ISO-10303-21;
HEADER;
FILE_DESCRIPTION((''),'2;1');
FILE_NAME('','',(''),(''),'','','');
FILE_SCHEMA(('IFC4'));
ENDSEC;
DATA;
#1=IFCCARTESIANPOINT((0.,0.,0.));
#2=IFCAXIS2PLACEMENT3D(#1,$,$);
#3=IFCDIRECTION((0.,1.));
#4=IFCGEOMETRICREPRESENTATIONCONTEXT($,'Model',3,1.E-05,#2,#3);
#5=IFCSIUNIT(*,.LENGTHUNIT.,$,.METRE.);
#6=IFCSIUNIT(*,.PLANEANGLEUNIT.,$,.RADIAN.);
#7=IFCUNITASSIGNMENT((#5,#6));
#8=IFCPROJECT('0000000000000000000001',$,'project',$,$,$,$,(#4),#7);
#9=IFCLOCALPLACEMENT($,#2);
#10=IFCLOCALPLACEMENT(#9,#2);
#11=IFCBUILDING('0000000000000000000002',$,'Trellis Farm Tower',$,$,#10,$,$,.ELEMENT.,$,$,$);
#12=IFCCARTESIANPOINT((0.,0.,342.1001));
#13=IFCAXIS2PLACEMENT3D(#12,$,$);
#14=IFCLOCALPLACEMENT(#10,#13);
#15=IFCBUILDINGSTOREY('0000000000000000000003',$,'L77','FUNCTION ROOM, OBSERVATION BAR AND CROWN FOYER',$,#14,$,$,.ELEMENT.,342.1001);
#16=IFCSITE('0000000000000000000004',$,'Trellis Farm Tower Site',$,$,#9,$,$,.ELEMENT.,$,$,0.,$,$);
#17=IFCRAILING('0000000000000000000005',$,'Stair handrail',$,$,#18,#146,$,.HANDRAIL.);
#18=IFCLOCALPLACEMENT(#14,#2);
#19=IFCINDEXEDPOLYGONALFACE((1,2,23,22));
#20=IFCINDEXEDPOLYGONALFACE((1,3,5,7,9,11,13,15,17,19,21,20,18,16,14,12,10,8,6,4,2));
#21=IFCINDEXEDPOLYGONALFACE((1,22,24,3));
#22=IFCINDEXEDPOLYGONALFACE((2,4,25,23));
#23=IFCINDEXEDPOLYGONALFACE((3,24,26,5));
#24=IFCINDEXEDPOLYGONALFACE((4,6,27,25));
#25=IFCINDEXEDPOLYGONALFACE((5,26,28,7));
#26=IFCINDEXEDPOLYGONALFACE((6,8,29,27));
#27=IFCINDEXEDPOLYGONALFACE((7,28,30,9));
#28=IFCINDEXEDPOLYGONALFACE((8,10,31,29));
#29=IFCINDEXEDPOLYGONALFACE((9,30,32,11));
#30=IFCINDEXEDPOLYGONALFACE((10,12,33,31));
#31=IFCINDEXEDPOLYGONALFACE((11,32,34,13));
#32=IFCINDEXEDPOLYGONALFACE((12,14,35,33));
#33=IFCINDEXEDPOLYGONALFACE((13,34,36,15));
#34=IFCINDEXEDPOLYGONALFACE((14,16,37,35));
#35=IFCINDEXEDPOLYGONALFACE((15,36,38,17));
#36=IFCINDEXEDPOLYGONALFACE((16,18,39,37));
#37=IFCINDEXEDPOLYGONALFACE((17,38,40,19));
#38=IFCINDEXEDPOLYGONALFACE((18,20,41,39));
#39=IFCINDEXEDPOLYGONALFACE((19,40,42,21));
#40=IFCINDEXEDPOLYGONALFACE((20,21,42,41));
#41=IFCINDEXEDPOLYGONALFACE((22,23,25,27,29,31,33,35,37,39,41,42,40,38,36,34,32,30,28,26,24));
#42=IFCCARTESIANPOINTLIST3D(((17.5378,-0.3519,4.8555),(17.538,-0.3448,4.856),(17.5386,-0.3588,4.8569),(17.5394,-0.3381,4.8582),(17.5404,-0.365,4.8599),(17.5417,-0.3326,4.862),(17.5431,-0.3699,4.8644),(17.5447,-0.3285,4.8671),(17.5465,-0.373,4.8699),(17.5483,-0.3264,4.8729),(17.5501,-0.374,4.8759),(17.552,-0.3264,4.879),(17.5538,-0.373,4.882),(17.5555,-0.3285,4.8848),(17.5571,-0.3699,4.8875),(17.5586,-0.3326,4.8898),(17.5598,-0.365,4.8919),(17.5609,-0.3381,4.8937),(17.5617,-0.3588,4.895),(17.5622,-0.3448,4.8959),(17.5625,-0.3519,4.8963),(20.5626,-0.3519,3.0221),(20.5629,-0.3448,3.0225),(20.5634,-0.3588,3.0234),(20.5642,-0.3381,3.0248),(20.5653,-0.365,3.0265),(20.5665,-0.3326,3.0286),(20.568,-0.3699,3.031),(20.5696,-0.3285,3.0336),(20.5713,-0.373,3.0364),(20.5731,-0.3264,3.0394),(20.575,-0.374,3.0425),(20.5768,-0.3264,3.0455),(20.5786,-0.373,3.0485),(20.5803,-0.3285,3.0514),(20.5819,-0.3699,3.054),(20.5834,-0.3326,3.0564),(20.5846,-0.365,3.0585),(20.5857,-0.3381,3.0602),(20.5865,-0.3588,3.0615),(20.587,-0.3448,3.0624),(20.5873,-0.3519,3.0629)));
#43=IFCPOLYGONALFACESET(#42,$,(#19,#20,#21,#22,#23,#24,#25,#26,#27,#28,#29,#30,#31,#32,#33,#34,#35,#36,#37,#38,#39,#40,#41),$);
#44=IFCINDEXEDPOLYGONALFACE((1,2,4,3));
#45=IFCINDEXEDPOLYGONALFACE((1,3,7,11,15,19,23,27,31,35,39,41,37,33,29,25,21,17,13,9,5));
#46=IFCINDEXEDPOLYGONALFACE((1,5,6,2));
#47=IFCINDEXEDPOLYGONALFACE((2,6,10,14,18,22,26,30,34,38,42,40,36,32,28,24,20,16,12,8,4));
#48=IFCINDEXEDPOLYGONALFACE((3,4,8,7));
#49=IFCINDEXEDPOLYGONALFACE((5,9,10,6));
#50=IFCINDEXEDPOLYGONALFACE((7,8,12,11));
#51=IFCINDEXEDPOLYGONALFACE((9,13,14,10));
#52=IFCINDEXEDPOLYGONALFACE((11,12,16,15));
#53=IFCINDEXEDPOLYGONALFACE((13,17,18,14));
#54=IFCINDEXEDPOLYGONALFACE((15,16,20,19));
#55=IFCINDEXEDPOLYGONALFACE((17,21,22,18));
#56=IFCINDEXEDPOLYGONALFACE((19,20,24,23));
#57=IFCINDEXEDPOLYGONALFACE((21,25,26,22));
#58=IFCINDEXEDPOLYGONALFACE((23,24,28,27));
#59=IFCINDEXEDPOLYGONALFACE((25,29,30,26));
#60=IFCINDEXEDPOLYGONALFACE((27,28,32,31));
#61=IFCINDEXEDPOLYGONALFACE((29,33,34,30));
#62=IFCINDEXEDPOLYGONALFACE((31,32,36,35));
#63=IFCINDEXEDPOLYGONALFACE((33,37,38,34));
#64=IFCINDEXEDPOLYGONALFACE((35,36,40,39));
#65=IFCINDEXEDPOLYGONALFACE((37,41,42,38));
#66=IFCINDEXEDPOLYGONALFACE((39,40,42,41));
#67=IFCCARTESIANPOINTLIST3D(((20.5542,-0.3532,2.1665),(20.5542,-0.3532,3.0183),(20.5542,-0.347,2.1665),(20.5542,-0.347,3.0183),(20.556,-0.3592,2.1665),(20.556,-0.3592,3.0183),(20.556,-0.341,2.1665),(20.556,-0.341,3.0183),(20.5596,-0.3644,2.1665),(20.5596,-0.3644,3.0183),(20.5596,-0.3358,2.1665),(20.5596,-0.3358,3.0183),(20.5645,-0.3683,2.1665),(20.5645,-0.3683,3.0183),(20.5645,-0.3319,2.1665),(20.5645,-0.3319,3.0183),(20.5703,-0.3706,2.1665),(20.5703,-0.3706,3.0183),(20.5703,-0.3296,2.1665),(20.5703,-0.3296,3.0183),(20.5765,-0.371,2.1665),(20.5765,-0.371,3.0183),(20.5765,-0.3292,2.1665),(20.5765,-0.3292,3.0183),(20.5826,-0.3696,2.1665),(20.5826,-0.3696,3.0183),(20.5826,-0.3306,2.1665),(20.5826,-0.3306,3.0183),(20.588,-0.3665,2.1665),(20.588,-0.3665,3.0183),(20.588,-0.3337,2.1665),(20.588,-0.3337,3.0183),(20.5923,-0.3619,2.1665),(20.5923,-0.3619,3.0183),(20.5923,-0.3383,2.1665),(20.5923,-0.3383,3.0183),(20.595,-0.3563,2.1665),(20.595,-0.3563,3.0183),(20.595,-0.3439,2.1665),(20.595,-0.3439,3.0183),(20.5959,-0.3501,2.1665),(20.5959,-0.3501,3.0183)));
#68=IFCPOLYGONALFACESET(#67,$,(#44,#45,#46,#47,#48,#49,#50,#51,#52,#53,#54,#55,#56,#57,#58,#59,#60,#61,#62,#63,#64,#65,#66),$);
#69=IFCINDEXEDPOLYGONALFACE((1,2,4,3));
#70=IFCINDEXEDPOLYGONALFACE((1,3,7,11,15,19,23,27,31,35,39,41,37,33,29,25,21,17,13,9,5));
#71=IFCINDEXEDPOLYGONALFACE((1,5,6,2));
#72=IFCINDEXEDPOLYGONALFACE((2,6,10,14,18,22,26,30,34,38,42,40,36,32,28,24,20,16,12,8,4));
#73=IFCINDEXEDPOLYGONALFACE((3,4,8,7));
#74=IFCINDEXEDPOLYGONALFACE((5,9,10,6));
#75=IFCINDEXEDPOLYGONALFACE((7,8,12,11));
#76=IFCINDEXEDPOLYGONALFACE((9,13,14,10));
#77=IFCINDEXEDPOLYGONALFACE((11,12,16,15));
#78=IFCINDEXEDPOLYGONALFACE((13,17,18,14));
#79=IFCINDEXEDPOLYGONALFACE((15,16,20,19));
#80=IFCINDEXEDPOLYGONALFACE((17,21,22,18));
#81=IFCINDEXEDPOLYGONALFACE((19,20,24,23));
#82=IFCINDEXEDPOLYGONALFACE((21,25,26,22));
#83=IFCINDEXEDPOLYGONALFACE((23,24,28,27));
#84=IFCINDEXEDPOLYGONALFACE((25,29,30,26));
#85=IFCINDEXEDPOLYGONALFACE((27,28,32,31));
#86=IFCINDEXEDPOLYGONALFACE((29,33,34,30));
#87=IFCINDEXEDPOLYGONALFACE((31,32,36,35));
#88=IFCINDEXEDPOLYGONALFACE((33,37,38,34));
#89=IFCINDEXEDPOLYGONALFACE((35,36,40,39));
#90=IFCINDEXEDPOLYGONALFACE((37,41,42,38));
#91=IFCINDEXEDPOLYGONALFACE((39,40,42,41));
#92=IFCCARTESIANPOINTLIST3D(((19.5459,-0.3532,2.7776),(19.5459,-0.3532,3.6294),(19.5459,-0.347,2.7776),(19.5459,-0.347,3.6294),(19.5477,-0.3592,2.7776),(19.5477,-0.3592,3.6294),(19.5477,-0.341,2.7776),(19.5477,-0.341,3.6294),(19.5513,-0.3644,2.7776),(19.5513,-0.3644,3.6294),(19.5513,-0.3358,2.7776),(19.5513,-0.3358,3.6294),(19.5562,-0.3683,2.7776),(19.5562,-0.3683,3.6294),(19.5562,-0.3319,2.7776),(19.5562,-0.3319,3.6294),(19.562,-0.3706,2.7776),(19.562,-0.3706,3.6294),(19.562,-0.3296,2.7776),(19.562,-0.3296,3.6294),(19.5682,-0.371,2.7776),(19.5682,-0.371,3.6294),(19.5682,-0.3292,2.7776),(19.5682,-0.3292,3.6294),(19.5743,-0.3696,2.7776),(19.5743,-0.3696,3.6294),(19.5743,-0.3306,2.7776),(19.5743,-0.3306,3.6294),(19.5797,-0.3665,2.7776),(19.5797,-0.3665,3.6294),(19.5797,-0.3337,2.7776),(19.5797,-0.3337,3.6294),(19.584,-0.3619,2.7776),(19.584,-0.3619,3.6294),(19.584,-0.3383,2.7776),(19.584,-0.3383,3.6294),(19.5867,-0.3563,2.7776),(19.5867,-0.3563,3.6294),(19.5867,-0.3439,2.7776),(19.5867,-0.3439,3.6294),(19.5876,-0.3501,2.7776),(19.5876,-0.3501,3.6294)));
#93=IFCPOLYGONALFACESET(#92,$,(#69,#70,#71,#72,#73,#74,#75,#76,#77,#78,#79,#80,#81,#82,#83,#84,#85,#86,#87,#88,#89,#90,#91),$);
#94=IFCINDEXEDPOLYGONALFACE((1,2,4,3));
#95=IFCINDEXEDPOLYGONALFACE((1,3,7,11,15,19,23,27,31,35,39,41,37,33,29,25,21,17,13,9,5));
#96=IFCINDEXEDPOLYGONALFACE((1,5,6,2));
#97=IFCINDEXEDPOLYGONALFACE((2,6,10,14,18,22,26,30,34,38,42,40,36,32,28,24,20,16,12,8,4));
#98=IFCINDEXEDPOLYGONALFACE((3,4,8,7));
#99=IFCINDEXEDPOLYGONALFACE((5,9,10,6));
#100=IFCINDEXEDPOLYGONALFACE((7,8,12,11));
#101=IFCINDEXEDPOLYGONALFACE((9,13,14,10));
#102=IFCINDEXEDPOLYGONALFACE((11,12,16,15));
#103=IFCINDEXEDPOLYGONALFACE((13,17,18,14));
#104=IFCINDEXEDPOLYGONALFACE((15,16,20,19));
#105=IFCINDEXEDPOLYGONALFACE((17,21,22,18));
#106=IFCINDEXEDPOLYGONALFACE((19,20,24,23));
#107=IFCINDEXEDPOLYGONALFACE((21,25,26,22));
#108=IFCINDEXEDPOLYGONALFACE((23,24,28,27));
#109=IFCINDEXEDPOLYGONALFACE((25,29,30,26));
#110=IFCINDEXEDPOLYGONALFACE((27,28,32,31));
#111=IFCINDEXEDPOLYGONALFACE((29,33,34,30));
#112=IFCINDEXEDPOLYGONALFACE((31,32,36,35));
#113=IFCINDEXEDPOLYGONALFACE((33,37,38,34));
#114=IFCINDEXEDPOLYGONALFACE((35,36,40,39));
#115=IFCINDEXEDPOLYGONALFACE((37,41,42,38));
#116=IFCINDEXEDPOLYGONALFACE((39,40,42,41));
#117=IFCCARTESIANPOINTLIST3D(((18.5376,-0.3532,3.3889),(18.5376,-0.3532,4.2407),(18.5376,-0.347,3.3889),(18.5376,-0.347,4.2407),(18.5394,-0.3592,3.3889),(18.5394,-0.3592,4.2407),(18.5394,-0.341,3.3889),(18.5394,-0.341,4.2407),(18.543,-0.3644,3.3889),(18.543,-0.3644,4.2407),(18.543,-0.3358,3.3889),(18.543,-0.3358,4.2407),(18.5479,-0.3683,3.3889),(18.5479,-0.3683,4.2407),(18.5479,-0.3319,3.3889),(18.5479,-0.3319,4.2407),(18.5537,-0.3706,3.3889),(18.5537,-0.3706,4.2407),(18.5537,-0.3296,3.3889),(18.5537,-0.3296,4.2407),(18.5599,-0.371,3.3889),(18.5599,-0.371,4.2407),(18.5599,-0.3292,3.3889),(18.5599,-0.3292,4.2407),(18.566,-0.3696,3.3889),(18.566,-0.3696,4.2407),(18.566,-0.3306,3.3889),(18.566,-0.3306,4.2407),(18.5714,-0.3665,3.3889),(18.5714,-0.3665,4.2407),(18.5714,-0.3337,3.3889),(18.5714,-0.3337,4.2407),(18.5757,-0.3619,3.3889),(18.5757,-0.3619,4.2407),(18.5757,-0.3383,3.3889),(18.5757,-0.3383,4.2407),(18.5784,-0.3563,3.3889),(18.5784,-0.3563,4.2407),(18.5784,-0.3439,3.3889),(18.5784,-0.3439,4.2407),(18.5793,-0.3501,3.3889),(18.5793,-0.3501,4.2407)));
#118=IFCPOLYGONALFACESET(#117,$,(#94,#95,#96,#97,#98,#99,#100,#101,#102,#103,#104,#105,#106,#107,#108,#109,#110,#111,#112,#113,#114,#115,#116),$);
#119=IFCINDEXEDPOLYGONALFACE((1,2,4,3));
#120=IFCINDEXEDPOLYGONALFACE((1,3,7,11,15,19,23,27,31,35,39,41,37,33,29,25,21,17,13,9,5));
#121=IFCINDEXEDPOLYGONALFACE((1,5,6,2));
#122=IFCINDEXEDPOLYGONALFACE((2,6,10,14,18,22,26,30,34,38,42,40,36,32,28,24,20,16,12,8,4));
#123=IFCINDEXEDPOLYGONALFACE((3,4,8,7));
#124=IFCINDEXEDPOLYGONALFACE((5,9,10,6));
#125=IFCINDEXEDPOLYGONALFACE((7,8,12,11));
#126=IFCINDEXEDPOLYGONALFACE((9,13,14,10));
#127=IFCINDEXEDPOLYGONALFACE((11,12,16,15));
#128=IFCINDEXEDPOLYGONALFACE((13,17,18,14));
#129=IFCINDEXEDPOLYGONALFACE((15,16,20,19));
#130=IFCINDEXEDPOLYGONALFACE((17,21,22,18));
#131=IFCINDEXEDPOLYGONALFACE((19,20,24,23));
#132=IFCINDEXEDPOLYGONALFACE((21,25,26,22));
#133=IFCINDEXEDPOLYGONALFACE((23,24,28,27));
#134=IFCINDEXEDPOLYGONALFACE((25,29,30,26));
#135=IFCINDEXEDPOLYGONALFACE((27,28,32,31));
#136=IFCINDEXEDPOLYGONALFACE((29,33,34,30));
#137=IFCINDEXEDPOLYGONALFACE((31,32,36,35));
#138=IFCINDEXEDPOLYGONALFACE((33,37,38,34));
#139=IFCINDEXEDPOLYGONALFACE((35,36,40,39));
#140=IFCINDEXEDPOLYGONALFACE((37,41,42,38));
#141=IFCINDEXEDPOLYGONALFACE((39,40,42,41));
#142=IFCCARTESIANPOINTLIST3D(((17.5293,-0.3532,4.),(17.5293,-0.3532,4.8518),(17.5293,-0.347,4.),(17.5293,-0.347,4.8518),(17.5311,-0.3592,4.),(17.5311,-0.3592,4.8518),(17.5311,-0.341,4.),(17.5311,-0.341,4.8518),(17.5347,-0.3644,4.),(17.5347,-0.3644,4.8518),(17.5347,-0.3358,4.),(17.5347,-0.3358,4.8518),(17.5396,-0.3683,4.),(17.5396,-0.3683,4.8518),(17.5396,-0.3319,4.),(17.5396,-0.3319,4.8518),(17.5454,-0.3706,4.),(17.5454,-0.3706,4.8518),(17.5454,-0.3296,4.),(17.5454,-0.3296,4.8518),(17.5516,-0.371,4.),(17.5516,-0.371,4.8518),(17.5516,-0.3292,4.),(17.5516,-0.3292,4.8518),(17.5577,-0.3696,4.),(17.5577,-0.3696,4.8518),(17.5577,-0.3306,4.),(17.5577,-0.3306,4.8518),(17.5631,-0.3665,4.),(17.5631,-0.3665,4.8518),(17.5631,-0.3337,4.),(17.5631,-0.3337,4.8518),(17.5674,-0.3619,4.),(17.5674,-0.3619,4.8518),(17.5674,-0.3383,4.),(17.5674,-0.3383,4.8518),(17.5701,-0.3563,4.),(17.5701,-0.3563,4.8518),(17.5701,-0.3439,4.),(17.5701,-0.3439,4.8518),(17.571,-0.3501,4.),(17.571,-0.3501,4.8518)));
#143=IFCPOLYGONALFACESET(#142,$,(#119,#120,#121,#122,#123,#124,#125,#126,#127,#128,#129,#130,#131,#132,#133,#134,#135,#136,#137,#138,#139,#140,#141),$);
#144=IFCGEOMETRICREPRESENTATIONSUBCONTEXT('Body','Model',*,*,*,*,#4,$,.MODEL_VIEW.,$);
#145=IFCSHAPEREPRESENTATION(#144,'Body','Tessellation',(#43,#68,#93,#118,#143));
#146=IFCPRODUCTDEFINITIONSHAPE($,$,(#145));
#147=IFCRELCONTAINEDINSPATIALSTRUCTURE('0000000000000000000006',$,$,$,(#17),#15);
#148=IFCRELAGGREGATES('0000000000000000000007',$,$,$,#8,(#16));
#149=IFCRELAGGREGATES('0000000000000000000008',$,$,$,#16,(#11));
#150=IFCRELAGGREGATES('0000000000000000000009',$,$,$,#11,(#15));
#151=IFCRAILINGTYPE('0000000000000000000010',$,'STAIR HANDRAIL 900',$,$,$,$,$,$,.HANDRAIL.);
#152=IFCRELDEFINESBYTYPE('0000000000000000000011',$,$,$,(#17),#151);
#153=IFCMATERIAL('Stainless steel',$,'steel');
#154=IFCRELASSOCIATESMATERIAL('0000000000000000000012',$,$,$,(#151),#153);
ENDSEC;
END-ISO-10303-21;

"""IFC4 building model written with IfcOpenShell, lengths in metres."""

from ifc_helpers import new_model, si_unit, direction, frame, origin, origin_2d, place, context, subcontext, project, spatial, circle, extrude, source, transform, mapped, material, type_object, element, save


model = new_model("IFC4")

# Units and contexts
model_context = context("Model", 3, precision=1e-05, world=origin(), true_north=direction((0.0, 1.0)))
body_context = subcontext(model_context, "Body", "Model", "MODEL_VIEW")
ifc_project = project(units=[si_unit("LENGTHUNIT", "METRE"), si_unit("PLANEANGLEUNIT", "RADIAN")], contexts=[model_context])

# Site, building, storey
site_placement = place(None, origin())
site = spatial("IfcSite", under=ifc_project, at=site_placement, Name="Trellis Farm Tower Site", CompositionType="ELEMENT", RefElevation=0.0)
building_placement = place(site_placement, origin())
building = spatial("IfcBuilding", under=site, at=building_placement, Name="Trellis Farm Tower", CompositionType="ELEMENT")
storey_placement = place(building_placement, frame((0.0, 0.0, 342.1001)))
storey = spatial("IfcBuildingStorey", under=building, at=storey_placement, Name="L77", Description="FUNCTION ROOM, OBSERVATION BAR AND CROWN FOYER", CompositionType="ELEMENT", Elevation=342.1001)

# Railing
ifc_material_1 = material(Name="Stainless steel", Category="steel")
railing_type = type_object("IfcRailingType", Name="STAIR HANDRAIL 900", PredefinedType="HANDRAIL", material=ifc_material_1)
shared_shape_1 = source(origin(), body_context, "Body", "SweptSolid", [
    extrude(circle(Radius=0.0239, at=origin_2d()), frame((0.0, 0.0, 0.876), z_axis=(-0.85517, 0.0, 0.518348), x_axis=(0.0, -1.0, 0.0)), (0.0, 0.0, 1.0), 3.5371),
    extrude(circle(Radius=0.021, at=origin_2d()), origin(), (0.0, 0.0, 1.0), 0.8518),
    extrude(circle(Radius=0.021, at=origin_2d()), frame((-1.0083, 0.0, 0.6111)), (0.0, 0.0, 1.0), 0.8518),
    extrude(circle(Radius=0.021, at=origin_2d()), frame((-2.0166, 0.0, 1.2224)), (0.0, 0.0, 1.0), 0.8518),
    extrude(circle(Radius=0.021, at=origin_2d()), frame((-3.0249, 0.0, 1.8335)), (0.0, 0.0, 1.0), 0.8518),
])
for number, where, name in (
    (1, (20.575, -0.3501, 2.1665), "Stair handrail"),
):
    element("IfcRailing", number, at=place(storey_placement, frame(where)), inside=storey, type_object=railing_type, Name=name, PredefinedType="HANDRAIL", context=body_context, shape_type="MappedRepresentation", body=[
        mapped(shared_shape_1, transform((0.0, 0.0, 0.0))),
    ])

save(model, "model.ifc")
